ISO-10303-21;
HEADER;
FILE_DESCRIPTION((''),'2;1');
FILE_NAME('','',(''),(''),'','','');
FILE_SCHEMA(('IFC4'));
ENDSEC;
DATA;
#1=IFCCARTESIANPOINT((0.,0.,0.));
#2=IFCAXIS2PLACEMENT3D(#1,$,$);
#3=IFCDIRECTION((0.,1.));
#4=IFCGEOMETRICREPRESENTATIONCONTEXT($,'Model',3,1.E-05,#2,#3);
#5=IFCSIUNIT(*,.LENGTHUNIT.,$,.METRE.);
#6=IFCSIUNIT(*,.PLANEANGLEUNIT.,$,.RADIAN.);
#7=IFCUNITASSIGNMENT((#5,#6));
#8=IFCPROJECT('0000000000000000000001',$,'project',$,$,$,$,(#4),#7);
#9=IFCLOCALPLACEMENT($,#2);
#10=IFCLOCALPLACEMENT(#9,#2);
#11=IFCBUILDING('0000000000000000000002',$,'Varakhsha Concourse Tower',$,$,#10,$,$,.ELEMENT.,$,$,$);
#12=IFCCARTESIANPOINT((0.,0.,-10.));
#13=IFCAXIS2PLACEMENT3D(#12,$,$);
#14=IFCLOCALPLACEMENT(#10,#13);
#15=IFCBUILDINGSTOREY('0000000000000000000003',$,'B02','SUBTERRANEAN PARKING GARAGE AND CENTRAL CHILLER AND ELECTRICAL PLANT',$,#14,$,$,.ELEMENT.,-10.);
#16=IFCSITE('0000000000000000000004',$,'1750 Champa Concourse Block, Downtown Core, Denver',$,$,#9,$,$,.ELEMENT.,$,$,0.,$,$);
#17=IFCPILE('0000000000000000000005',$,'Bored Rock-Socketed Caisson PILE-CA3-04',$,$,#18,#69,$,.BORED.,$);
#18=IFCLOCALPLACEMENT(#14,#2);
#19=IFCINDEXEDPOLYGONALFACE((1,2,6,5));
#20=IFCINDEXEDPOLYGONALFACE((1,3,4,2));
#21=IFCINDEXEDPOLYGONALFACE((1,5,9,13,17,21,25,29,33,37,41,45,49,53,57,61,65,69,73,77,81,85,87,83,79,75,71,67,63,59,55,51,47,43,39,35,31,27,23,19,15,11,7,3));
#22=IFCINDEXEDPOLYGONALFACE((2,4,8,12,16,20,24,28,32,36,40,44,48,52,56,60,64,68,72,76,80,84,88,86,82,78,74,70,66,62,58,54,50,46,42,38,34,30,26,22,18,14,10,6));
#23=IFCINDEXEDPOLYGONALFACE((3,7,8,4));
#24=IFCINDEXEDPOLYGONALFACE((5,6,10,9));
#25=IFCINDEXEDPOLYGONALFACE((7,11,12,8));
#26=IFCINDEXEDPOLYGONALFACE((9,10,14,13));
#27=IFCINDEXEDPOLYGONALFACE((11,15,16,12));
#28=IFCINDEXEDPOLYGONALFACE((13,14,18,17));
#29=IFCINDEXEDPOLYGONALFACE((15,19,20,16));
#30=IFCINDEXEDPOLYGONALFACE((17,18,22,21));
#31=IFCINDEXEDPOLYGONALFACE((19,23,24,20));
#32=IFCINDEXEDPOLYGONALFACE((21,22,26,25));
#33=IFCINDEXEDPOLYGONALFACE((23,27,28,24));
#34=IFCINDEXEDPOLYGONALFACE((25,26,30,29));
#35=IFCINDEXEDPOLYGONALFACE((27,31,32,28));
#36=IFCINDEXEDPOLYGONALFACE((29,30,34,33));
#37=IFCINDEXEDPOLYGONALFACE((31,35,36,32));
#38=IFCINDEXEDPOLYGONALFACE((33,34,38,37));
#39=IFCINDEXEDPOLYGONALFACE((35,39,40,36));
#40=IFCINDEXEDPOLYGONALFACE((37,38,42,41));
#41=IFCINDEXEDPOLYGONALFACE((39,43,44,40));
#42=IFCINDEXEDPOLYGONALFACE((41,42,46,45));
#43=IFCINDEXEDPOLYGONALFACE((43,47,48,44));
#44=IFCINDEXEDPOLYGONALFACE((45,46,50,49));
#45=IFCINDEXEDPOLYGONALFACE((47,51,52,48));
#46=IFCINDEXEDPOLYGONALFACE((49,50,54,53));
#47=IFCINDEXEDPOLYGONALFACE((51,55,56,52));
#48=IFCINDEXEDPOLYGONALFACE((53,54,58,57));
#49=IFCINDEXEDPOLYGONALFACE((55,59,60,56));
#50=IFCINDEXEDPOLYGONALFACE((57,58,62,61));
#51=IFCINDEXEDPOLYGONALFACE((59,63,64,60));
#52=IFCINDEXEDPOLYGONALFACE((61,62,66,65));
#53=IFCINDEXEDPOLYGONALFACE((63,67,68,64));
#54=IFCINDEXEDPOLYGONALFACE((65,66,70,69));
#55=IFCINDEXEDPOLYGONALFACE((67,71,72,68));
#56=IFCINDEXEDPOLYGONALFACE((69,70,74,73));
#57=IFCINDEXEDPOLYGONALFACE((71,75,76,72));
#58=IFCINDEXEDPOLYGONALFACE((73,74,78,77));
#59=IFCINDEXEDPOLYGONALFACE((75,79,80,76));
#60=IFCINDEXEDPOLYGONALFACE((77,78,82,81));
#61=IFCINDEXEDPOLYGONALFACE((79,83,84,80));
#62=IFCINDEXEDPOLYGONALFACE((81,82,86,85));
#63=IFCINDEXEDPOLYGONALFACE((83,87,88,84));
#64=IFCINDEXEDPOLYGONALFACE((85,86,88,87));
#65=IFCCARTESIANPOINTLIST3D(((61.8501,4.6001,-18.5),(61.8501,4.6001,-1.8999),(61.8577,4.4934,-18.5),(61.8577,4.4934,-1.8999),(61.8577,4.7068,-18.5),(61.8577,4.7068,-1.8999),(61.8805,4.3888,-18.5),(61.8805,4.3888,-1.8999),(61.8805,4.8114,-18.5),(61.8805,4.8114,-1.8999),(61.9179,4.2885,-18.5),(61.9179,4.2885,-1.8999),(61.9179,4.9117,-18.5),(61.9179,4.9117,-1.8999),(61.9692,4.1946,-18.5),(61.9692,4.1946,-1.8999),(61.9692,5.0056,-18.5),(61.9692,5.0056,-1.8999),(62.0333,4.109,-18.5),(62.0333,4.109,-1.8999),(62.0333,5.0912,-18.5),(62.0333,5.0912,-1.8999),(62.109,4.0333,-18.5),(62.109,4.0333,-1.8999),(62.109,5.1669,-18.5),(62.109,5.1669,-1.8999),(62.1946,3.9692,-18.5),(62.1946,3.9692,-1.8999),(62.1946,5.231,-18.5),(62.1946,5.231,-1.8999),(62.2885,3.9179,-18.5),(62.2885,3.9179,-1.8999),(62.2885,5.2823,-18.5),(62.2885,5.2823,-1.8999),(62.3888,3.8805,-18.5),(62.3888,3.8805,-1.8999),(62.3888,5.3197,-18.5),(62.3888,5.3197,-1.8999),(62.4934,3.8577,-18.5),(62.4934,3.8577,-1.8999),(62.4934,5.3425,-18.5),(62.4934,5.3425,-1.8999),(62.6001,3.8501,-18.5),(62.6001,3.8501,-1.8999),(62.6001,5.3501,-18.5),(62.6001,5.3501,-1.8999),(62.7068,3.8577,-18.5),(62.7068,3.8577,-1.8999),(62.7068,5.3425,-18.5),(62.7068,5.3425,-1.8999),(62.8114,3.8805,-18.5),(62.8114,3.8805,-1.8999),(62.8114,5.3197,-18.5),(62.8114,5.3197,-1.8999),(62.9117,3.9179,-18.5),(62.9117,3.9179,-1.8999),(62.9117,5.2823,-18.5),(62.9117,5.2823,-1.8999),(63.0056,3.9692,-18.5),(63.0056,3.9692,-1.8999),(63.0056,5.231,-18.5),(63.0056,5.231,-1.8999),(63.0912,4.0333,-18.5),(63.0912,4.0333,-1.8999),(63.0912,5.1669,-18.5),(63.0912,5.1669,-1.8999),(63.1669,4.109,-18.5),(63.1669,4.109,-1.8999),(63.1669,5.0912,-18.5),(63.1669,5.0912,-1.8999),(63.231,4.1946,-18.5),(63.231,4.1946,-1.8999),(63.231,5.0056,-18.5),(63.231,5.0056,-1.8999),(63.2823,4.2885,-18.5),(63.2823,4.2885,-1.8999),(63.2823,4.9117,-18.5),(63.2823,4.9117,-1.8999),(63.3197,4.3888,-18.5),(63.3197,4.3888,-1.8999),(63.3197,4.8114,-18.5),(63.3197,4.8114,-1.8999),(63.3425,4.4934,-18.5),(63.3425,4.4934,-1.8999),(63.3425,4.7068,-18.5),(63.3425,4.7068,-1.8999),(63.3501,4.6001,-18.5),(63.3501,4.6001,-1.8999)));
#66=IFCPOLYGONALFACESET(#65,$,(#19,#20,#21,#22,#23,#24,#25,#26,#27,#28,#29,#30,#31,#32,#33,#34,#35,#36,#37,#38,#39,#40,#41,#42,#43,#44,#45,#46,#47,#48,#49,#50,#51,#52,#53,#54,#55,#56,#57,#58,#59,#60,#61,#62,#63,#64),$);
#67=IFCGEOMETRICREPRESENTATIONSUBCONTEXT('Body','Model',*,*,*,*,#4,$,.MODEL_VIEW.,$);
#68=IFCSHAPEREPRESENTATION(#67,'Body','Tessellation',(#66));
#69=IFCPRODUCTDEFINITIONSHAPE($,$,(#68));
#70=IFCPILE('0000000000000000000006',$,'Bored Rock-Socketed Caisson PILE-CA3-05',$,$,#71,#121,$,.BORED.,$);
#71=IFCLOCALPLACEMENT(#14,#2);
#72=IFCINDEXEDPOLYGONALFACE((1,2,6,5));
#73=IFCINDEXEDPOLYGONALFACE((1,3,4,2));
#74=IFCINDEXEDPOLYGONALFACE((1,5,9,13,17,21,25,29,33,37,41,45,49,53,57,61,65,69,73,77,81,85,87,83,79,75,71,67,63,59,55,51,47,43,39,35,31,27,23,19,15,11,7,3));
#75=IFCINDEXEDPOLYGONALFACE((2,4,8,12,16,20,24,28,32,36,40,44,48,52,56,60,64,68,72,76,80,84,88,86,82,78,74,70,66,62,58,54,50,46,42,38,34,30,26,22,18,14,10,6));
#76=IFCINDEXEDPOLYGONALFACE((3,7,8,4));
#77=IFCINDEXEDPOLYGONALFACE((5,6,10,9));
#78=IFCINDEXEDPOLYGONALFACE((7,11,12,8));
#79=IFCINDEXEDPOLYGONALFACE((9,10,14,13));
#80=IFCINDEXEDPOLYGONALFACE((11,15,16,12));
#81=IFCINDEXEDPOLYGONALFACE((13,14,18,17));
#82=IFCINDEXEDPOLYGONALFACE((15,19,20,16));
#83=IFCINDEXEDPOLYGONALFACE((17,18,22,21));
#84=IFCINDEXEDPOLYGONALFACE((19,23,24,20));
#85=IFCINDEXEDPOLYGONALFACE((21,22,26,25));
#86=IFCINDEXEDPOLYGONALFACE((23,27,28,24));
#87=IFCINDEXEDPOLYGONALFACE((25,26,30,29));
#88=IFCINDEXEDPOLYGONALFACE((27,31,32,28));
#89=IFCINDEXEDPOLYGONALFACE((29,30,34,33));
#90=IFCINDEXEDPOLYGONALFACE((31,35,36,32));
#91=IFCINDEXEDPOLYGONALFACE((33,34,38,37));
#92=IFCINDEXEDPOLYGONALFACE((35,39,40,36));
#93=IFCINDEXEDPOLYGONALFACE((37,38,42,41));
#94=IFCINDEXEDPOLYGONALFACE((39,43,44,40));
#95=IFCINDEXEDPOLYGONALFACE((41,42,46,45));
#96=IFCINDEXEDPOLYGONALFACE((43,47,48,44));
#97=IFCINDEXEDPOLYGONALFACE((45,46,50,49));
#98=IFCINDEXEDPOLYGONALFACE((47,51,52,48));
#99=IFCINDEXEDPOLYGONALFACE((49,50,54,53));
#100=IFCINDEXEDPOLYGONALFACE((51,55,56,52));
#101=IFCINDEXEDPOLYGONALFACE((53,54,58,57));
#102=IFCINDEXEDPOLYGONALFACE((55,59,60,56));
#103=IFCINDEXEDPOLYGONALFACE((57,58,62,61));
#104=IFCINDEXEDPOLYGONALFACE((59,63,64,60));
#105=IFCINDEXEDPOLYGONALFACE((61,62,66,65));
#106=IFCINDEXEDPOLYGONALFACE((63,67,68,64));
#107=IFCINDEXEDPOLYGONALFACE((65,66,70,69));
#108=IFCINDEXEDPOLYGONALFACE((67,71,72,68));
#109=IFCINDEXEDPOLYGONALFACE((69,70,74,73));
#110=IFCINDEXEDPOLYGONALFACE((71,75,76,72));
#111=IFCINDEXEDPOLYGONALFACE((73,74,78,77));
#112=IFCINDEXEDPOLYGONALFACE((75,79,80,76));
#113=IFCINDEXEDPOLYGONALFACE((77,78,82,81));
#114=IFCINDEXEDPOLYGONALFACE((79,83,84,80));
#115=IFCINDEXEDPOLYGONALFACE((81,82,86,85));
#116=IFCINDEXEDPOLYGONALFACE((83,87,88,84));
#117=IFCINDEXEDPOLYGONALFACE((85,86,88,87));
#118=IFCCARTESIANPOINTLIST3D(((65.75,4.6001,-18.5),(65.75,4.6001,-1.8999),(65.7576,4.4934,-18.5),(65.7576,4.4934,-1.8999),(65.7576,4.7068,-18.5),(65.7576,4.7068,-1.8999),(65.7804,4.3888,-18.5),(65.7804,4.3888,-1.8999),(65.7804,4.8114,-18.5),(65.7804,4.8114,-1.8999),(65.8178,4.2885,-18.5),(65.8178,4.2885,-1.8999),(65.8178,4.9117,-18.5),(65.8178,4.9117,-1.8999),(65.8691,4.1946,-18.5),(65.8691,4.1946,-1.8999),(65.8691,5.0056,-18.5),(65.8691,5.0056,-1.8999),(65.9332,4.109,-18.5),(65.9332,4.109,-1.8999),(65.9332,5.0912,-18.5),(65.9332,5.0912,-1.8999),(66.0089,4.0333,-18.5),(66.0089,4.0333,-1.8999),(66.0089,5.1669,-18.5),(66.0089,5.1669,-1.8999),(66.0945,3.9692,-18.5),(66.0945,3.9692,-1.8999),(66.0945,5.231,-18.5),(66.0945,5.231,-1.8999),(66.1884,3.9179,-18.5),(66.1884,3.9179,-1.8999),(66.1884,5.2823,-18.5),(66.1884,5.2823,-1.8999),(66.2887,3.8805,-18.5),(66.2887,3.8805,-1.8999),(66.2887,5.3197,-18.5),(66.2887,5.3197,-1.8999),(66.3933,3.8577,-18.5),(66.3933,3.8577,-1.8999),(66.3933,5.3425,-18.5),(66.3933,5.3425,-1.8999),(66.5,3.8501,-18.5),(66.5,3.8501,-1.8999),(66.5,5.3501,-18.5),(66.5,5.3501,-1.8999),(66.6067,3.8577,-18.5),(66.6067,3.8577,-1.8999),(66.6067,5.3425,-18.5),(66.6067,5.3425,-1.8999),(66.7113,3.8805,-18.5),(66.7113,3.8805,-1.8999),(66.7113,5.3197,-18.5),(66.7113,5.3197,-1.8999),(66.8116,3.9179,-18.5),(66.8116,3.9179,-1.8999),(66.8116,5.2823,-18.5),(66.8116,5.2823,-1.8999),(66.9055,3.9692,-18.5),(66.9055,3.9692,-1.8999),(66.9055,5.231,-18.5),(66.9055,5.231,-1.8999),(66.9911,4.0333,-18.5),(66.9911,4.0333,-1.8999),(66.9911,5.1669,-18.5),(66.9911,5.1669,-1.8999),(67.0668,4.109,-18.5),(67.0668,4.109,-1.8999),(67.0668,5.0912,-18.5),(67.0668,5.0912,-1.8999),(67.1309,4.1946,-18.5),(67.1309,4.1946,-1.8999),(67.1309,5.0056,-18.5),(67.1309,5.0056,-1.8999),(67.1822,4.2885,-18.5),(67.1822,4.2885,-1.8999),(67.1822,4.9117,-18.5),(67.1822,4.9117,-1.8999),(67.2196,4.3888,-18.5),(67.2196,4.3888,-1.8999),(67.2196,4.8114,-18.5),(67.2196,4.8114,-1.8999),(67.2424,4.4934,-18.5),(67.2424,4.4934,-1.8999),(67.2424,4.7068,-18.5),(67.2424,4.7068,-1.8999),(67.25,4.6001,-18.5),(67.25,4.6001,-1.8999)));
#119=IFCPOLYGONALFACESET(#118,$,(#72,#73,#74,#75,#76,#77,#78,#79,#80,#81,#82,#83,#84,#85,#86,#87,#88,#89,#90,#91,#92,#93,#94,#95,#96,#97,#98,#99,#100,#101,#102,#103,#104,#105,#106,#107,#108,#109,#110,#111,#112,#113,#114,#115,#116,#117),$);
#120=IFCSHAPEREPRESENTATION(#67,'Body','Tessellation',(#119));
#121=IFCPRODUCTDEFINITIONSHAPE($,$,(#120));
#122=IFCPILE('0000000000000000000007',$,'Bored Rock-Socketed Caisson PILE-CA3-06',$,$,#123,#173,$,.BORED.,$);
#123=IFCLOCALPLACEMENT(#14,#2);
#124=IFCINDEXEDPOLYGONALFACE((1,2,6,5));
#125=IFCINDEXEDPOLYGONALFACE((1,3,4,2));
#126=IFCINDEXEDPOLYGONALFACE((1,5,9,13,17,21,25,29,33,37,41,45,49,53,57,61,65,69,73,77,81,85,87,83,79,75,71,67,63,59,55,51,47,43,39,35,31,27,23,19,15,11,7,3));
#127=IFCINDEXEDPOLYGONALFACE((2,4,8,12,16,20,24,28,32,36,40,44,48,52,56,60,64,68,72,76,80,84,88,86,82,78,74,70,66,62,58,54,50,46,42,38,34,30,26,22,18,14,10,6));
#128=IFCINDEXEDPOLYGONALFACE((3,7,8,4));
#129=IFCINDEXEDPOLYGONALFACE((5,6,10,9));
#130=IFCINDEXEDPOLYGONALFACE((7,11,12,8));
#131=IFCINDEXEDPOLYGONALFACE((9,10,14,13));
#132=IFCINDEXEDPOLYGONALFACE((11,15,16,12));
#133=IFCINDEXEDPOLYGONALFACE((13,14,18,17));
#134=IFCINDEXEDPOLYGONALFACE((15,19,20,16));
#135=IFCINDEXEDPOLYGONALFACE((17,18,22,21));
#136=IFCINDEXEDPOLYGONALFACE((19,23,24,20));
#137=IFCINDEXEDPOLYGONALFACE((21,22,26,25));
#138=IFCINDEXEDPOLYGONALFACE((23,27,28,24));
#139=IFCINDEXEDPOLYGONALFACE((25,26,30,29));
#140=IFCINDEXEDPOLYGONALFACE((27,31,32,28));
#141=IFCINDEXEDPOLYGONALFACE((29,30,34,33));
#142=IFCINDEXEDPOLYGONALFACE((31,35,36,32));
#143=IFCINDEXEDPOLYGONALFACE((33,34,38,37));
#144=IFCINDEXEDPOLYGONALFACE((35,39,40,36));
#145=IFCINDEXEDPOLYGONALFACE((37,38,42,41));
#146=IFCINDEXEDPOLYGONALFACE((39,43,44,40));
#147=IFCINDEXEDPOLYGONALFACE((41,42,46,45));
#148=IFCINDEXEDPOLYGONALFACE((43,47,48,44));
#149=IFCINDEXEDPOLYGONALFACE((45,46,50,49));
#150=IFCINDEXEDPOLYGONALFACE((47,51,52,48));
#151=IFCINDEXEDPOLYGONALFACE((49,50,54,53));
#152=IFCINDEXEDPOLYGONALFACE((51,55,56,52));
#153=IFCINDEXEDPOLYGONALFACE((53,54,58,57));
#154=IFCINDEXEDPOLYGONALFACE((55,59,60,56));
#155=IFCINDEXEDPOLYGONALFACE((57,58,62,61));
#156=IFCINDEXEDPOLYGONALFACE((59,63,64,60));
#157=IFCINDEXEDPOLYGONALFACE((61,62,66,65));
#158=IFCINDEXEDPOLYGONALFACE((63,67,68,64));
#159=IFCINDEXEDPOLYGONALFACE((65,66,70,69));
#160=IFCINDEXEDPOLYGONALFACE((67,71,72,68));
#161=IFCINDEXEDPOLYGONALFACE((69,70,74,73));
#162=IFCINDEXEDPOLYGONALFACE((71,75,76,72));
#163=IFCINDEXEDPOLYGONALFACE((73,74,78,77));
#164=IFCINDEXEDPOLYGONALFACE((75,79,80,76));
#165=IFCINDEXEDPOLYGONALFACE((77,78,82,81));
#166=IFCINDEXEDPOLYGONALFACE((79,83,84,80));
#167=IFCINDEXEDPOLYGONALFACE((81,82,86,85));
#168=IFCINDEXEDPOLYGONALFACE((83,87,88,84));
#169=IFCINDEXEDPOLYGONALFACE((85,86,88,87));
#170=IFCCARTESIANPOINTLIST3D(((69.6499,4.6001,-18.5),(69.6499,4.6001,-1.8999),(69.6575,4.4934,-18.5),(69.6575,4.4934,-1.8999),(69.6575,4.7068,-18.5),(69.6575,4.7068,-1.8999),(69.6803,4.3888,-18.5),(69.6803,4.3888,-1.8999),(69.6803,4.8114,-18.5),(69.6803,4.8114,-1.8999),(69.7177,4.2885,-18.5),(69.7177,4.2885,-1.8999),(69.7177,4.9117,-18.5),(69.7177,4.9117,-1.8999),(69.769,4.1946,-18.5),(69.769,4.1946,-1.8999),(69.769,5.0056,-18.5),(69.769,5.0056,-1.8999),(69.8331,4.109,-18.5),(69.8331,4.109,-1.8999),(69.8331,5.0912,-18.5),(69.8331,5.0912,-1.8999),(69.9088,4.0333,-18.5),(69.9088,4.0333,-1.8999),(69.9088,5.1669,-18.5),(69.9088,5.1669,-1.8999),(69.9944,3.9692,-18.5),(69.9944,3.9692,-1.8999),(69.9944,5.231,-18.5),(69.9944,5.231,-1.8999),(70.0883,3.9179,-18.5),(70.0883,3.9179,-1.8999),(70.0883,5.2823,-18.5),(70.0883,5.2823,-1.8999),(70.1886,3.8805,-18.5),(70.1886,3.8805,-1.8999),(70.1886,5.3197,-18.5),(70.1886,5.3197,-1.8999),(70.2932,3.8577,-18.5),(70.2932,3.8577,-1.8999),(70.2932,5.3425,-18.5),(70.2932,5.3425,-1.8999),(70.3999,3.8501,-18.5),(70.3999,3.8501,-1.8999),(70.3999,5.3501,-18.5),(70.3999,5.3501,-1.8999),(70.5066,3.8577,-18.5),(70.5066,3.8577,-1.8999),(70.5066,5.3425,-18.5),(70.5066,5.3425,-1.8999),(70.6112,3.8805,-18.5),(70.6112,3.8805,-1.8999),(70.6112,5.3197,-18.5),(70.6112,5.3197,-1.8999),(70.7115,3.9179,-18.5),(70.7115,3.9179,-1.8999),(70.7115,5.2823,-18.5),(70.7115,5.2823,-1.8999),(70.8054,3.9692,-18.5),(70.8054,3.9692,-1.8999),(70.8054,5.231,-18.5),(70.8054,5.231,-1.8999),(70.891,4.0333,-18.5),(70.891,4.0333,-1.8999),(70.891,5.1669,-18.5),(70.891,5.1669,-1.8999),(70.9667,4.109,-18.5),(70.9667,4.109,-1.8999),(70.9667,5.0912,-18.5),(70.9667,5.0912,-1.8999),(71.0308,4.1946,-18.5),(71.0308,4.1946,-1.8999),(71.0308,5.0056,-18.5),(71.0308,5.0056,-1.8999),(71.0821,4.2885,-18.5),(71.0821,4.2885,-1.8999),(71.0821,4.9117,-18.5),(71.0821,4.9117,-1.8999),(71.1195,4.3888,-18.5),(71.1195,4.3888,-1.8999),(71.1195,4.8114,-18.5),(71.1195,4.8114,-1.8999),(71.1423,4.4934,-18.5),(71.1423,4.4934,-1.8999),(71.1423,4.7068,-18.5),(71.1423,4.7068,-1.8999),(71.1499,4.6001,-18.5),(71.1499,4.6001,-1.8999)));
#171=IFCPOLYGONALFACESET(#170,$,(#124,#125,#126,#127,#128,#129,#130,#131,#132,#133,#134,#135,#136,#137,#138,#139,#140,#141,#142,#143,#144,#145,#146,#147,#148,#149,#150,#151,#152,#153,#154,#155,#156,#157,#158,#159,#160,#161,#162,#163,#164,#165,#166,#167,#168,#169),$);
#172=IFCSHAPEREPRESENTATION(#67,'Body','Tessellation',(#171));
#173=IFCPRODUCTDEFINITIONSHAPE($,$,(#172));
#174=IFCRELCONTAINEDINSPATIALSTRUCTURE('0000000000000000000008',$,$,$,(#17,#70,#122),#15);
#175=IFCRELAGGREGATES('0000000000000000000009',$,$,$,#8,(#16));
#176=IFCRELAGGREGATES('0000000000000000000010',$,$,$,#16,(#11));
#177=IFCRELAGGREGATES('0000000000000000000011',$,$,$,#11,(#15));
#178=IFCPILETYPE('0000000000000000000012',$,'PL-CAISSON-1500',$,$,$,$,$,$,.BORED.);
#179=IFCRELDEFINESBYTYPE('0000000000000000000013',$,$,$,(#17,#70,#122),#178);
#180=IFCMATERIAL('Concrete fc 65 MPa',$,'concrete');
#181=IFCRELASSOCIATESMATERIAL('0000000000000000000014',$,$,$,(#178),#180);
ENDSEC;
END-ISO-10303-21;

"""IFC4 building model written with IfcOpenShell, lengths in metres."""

from ifc_helpers import new_model, si_unit, direction, frame, origin, origin_2d, place, context, subcontext, project, spatial, circle, extrude, material, material_profile, profile_set, type_object, element, save


model = new_model("IFC4")

# Units and contexts
model_context = context("Model", 3, precision=1e-05, world=origin(), true_north=direction((0.0, 1.0)))
body_context = subcontext(model_context, "Body", "Model", "MODEL_VIEW")
ifc_project = project(units=[si_unit("LENGTHUNIT", "METRE"), si_unit("PLANEANGLEUNIT", "RADIAN")], contexts=[model_context])

# Site, building, storey
site_placement = place(None, origin())
site = spatial("IfcSite", under=ifc_project, at=site_placement, Name="1750 Champa Concourse Block, Downtown Core, Denver", CompositionType="ELEMENT", RefElevation=0.0)
building_placement = place(site_placement, origin())
building = spatial("IfcBuilding", under=site, at=building_placement, Name="Varakhsha Concourse Tower", CompositionType="ELEMENT")
storey_placement = place(building_placement, frame((0.0, 0.0, -10.0)))
storey = spatial("IfcBuildingStorey", under=building, at=storey_placement, Name="B02", Description="SUBTERRANEAN PARKING GARAGE AND CENTRAL CHILLER AND ELECTRICAL PLANT", CompositionType="ELEMENT", Elevation=-10.0)

# Piles
ifc_material_1 = material(Name="Concrete fc 65 MPa", Category="concrete")
ifc_material_profile_1 = material_profile(ifc_material_1, circle(Radius=0.75, at=origin_2d()), Name="CAISSON D1500")
ifc_profile_set_1 = profile_set([ifc_material_profile_1], Name="Concrete fc 65 MPa")
pile_type = type_object("IfcPileType", Name="PL-CAISSON-1500", PredefinedType="BORED", material=ifc_profile_set_1)
for number, where, z_axis, x_axis, name in (
    (1, (62.6001, 4.6001, -1.8999), (0.0, 0.0, -1.0), (1.0, 0.0, 0.0), "Bored Rock-Socketed Caisson PILE-CA3-04"),
    (2, (66.5, 4.6001, -1.8999), (0.0, 0.0, -1.0), (1.0, 0.0, 0.0), "Bored Rock-Socketed Caisson PILE-CA3-05"),
    (3, (70.3999, 4.6001, -1.8999), (0.0, 0.0, -1.0), (1.0, 0.0, 0.0), "Bored Rock-Socketed Caisson PILE-CA3-06"),
):
    element("IfcPile", number, at=place(storey_placement, frame(where, z_axis=z_axis, x_axis=x_axis)), inside=storey, type_object=pile_type, Name=name, PredefinedType="BORED", context=body_context, shape_type="SweptSolid", body=[
        extrude(circle(Radius=0.75, at=origin_2d()), origin(), (0.0, 0.0, 1.0), 16.6001),
    ])

save(model, "model.ifc")
